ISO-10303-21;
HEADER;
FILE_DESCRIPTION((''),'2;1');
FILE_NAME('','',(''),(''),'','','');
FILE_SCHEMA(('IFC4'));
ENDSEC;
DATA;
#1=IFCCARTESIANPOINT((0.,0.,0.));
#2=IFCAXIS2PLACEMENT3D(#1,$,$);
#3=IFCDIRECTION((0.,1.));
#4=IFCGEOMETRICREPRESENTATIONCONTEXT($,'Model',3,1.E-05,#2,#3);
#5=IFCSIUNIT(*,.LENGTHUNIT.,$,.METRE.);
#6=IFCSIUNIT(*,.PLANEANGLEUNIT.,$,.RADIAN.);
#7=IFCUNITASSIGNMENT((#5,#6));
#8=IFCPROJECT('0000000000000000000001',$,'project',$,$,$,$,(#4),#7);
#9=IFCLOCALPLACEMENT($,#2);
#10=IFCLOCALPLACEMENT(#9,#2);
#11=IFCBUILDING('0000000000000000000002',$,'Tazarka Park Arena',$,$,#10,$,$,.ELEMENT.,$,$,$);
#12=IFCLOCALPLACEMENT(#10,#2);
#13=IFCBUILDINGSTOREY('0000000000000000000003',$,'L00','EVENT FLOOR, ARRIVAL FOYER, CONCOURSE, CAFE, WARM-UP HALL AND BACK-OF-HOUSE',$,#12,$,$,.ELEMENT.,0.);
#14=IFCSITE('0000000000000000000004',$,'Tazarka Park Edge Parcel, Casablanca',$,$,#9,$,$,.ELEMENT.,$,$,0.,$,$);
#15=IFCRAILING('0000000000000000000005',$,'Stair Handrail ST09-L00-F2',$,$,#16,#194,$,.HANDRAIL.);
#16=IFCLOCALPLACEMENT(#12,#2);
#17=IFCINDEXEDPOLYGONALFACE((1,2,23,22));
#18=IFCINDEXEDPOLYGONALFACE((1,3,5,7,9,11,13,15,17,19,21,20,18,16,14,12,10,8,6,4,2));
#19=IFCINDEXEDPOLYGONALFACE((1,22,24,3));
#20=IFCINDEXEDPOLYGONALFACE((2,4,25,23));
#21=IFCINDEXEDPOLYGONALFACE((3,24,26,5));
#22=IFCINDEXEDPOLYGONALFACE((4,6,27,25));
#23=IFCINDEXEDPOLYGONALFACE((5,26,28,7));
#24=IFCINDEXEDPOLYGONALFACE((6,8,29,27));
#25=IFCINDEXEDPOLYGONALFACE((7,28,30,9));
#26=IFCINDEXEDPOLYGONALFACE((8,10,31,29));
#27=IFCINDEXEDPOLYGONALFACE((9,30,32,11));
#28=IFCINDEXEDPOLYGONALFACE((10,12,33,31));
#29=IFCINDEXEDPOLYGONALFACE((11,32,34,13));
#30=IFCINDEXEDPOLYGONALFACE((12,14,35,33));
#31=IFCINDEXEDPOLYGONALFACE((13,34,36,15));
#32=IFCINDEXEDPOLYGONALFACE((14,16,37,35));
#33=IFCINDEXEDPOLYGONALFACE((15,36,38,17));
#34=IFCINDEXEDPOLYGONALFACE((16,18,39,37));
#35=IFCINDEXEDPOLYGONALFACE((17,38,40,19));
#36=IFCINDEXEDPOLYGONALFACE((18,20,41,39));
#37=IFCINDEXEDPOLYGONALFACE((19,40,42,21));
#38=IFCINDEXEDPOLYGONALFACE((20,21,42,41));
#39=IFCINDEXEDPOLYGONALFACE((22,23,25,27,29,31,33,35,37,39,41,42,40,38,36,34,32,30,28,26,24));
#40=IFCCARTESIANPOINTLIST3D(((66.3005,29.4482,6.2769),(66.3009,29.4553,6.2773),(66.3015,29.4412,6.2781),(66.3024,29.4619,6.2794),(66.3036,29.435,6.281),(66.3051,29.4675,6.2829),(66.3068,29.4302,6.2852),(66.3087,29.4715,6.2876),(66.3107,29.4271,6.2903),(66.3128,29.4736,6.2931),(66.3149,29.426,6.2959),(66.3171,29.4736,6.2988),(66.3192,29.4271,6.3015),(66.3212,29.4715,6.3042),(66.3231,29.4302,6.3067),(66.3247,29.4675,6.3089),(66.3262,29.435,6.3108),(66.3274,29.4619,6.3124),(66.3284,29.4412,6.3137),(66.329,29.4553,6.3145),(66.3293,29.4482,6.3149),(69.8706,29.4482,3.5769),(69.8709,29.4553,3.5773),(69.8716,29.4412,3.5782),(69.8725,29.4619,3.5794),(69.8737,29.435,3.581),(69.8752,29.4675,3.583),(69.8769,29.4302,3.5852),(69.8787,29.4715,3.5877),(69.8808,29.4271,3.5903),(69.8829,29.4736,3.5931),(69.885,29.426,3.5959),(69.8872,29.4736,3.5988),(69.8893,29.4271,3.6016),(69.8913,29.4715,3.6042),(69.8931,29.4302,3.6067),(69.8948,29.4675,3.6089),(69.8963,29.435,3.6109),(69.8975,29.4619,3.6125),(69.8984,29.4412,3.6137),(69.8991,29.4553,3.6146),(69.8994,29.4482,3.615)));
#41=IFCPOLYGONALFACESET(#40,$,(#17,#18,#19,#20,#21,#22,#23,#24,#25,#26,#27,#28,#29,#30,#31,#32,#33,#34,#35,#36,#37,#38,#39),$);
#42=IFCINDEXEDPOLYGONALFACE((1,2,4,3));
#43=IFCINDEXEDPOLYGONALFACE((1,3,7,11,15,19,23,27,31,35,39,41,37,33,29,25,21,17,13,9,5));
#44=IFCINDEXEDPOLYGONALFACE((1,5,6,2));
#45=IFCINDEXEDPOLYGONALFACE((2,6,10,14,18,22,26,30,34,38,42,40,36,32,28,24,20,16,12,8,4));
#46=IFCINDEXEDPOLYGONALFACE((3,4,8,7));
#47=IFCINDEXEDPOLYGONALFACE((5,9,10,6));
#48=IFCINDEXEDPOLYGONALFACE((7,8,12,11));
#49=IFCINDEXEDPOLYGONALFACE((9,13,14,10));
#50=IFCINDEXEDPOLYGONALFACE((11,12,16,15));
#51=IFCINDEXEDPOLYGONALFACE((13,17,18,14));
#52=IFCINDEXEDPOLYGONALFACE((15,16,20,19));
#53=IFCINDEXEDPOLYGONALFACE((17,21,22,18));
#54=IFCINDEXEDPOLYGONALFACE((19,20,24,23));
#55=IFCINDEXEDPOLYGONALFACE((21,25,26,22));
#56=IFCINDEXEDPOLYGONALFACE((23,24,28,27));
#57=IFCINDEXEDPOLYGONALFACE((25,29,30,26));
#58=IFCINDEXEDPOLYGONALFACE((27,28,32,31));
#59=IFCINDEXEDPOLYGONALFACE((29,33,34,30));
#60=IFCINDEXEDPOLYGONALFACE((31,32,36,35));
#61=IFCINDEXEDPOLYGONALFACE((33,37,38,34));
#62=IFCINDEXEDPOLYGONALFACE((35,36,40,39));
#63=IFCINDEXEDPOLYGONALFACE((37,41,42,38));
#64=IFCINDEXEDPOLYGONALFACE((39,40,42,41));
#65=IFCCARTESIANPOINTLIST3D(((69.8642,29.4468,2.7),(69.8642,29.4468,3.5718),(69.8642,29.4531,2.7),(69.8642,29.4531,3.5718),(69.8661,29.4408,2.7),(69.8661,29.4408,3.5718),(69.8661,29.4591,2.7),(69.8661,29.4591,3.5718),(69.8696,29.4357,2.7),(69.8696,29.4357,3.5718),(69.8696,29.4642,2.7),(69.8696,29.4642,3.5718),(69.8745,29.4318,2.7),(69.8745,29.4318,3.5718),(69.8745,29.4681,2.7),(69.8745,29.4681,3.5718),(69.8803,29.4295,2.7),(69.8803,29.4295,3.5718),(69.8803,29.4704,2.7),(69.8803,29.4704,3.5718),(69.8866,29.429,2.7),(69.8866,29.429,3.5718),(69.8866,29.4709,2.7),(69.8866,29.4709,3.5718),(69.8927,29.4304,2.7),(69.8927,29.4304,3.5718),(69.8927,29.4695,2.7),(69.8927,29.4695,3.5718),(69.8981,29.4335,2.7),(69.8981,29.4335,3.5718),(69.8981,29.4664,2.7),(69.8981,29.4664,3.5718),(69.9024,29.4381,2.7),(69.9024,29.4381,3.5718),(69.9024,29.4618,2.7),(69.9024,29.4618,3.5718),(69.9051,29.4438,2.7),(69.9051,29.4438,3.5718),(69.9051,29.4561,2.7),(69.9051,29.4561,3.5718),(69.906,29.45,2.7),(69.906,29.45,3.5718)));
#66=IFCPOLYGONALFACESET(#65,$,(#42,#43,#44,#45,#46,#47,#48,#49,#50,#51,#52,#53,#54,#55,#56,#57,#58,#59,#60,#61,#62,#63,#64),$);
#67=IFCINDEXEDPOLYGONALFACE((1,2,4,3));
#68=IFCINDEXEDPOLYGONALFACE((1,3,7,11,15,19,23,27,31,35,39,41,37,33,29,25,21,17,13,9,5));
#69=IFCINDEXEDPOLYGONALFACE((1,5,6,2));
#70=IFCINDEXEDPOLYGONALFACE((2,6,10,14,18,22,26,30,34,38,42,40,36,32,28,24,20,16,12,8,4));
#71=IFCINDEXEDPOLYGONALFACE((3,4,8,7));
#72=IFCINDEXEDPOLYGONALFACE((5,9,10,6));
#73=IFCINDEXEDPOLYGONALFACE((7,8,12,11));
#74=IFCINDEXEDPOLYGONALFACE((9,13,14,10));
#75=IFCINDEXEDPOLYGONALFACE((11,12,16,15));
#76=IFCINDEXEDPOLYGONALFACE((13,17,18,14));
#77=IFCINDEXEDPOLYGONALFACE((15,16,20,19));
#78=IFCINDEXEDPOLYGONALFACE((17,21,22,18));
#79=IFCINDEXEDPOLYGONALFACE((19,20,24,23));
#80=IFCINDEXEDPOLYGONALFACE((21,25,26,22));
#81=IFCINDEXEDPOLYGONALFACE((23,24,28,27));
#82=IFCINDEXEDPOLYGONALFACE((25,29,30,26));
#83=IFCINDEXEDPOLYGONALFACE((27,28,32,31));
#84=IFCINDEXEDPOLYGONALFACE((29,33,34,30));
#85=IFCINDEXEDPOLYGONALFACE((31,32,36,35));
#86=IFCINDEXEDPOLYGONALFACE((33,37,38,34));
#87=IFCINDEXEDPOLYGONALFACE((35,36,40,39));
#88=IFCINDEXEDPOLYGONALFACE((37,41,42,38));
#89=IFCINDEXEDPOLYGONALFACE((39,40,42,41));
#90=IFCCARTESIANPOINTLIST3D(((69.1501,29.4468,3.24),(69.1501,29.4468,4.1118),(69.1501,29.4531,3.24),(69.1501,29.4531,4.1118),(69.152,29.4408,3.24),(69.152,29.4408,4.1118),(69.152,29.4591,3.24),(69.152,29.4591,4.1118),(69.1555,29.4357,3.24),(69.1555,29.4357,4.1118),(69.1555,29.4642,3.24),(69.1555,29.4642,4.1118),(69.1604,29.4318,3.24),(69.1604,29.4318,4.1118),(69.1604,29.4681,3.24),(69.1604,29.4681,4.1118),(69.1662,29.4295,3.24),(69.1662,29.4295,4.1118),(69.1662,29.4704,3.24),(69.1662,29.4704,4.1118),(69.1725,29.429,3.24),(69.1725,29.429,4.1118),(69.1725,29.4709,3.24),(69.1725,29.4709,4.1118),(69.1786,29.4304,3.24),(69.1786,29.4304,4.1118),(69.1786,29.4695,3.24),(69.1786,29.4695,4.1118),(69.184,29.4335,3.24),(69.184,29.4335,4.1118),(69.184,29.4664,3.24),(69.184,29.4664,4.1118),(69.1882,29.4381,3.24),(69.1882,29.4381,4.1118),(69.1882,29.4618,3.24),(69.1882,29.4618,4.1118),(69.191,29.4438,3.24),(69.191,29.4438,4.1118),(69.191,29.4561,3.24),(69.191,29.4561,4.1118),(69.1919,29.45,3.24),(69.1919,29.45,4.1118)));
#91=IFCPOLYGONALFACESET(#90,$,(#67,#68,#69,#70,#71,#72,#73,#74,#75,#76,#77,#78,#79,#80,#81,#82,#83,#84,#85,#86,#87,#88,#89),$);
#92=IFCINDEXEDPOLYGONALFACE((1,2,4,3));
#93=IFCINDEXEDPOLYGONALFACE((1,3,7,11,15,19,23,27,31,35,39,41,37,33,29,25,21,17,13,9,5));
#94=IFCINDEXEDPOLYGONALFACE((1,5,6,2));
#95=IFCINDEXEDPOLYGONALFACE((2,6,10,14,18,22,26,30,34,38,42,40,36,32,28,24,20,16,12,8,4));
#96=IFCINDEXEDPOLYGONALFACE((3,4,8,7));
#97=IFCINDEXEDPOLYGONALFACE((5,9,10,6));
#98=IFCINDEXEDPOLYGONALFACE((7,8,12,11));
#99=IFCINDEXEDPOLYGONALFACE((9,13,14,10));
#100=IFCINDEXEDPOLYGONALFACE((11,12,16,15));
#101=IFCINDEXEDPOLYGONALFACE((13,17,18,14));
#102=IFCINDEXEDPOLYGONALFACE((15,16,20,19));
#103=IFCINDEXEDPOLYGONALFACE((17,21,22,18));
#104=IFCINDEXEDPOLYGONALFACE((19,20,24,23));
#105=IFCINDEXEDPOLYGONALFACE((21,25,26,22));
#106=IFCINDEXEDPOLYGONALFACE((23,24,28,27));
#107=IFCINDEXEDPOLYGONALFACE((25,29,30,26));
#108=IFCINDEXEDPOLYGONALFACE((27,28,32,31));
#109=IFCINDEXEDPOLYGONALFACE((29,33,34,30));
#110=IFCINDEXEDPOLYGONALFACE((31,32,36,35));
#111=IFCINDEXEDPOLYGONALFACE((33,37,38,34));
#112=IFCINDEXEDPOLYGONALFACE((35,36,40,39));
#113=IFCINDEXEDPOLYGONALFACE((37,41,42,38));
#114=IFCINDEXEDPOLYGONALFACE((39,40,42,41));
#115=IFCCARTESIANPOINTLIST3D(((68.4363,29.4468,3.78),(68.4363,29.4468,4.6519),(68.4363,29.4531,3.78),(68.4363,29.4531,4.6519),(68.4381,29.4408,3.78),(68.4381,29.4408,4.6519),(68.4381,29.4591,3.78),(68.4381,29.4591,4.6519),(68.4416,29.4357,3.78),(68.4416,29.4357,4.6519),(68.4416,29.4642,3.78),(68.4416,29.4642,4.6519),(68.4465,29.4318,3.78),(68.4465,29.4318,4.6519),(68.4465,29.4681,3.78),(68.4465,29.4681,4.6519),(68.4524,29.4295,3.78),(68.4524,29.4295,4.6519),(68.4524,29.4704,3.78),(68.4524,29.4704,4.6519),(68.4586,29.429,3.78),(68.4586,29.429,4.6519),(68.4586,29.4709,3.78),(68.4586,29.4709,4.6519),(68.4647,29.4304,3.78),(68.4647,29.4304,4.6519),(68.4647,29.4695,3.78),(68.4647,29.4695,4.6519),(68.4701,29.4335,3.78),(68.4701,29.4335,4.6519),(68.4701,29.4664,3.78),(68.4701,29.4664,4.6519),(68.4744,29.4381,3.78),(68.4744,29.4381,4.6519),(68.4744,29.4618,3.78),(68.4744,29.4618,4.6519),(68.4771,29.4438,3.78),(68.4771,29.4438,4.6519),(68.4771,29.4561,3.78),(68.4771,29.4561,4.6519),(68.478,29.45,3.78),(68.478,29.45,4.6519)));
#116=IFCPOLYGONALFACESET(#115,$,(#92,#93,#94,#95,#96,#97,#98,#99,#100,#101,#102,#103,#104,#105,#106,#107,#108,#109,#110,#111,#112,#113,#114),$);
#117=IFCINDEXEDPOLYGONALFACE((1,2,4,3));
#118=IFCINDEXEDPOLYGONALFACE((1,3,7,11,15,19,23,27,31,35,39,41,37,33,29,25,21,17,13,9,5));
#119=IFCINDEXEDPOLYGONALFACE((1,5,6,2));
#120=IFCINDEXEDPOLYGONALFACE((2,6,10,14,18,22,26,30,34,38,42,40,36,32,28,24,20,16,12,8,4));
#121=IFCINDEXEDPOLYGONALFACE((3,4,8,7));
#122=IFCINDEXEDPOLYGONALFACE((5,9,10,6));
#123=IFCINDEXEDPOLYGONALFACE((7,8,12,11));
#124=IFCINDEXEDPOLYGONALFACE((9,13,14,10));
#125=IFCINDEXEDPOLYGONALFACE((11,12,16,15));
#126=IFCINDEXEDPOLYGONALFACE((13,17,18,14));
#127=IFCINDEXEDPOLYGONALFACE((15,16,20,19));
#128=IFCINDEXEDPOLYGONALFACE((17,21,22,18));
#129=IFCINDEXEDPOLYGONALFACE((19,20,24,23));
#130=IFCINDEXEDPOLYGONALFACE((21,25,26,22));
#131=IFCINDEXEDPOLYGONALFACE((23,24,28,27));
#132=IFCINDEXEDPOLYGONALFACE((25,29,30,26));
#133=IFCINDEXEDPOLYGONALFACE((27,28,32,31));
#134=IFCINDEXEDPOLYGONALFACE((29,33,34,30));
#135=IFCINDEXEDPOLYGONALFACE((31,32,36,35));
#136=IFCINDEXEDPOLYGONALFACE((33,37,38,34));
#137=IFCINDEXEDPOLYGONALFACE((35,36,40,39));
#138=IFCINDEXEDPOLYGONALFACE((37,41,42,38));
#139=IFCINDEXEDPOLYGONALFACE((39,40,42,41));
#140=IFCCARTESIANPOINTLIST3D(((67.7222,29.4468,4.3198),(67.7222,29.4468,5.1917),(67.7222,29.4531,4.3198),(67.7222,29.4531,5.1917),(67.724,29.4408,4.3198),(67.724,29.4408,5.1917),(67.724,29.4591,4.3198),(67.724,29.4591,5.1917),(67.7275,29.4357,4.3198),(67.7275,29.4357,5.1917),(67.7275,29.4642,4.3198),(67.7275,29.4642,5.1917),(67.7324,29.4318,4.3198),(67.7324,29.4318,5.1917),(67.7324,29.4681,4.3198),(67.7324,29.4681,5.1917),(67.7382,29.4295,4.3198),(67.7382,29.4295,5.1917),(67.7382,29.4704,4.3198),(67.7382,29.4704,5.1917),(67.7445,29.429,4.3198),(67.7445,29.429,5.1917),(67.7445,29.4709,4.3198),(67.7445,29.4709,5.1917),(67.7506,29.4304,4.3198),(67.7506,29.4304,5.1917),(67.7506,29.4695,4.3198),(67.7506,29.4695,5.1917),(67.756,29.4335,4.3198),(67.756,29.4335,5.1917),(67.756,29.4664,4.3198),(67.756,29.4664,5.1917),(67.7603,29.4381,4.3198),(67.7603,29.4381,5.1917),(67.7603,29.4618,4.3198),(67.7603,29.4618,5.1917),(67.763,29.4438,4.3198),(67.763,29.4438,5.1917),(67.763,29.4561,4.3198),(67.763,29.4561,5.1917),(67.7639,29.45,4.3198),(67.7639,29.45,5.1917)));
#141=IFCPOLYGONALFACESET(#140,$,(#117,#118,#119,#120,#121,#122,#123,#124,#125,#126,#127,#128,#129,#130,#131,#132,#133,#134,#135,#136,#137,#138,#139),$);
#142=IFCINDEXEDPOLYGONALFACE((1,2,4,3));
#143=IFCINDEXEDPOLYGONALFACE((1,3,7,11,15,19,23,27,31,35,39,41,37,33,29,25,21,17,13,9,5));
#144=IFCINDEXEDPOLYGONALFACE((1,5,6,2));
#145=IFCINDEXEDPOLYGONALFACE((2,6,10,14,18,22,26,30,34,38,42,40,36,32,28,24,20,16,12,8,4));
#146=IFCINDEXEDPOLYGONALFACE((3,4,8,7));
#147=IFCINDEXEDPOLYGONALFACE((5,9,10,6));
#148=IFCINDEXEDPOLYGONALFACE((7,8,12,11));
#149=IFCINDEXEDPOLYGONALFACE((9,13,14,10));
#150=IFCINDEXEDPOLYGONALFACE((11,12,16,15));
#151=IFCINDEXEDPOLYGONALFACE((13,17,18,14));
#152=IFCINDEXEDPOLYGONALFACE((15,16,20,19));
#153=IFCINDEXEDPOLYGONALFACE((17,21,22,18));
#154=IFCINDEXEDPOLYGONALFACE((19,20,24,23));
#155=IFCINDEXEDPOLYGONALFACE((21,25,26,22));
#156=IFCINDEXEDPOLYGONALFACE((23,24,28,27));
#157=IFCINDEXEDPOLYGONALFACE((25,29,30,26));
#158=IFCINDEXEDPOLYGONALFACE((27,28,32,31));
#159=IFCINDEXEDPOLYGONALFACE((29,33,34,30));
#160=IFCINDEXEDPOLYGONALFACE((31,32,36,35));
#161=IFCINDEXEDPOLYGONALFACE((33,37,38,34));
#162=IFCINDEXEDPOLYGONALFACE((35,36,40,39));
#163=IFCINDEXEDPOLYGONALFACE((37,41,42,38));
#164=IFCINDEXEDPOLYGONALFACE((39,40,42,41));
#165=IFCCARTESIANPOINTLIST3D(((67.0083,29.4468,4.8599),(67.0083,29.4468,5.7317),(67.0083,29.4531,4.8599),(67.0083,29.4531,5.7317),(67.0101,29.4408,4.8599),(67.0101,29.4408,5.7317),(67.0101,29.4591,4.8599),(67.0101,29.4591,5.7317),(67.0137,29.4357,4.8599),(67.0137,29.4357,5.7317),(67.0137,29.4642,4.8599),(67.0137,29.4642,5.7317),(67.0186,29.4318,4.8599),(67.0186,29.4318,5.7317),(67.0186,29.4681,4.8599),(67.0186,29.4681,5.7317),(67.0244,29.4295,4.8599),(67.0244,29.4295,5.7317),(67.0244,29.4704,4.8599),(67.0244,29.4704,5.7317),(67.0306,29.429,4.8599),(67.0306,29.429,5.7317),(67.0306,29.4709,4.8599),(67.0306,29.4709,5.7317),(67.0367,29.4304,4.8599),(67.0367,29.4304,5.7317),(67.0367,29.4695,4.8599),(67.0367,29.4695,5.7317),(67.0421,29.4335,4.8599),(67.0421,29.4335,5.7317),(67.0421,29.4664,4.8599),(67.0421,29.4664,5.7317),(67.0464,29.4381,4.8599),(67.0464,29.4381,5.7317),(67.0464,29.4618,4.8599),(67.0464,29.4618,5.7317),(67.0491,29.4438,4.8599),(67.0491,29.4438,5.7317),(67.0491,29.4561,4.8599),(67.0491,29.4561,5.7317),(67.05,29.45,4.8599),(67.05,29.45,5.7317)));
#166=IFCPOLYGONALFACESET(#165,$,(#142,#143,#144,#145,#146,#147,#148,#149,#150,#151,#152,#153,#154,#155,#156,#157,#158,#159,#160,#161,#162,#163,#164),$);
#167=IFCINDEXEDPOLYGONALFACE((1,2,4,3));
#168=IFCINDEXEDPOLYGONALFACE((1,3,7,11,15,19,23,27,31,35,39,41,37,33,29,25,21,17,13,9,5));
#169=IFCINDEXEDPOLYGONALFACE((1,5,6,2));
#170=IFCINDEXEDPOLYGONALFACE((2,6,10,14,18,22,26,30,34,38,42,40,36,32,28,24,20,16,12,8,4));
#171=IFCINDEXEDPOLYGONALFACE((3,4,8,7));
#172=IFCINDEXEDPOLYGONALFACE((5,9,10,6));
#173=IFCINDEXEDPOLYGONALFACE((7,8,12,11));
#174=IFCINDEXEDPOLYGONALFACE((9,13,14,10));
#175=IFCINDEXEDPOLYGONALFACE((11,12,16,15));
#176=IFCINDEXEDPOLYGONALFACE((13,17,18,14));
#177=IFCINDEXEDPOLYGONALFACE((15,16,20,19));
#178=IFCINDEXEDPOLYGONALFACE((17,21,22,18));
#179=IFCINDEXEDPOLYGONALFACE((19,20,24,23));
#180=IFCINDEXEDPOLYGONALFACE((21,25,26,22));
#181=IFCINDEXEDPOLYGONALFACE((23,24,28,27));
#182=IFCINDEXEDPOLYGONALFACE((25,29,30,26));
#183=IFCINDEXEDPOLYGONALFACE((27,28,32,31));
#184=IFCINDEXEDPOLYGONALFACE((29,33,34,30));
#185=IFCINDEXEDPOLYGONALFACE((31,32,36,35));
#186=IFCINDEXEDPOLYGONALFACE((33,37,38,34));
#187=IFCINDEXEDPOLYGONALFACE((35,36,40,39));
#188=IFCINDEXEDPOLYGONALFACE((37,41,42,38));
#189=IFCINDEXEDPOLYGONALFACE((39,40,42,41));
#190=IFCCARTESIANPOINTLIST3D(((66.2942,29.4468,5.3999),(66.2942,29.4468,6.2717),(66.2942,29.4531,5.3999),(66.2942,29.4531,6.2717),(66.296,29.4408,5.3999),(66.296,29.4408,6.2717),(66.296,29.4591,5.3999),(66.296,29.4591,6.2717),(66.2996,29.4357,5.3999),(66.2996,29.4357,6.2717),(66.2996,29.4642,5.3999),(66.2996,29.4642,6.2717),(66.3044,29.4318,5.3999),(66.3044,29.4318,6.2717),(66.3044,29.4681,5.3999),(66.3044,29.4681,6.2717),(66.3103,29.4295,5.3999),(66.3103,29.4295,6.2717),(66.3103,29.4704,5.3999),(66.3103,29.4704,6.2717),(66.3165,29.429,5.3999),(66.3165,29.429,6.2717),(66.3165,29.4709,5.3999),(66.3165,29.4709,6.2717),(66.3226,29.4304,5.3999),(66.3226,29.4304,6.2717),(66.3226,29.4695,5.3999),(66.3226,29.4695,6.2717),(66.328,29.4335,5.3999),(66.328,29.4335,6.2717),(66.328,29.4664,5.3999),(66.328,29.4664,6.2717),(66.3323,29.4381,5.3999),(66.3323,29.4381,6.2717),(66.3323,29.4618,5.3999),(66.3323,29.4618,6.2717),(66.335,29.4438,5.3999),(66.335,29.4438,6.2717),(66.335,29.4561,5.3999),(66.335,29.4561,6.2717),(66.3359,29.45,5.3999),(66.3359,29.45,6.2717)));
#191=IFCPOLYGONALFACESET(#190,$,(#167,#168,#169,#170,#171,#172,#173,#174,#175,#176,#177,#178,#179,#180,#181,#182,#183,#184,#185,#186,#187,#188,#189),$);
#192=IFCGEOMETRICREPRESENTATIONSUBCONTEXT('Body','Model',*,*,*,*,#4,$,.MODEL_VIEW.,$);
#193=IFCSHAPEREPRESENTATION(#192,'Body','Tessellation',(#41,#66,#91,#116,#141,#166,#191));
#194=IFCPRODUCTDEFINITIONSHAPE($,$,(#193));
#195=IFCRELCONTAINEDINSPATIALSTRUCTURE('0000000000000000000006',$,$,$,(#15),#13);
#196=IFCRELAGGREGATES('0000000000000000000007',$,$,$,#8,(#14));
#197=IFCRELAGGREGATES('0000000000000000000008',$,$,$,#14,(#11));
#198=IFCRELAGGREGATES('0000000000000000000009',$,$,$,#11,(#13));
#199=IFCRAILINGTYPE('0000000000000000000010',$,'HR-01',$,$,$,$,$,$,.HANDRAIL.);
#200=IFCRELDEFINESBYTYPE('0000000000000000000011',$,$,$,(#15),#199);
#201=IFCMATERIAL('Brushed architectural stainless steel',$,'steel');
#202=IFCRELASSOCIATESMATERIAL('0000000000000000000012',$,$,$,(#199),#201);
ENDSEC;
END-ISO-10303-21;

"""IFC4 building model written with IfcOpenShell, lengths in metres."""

from ifc_helpers import new_model, si_unit, direction, frame, origin, origin_2d, place, context, subcontext, project, spatial, circle, extrude, material, type_object, element, save


model = new_model("IFC4")

# Units and contexts
model_context = context("Model", 3, precision=1e-05, world=origin(), true_north=direction((0.0, 1.0)))
body_context = subcontext(model_context, "Body", "Model", "MODEL_VIEW")
ifc_project = project(units=[si_unit("LENGTHUNIT", "METRE"), si_unit("PLANEANGLEUNIT", "RADIAN")], contexts=[model_context])

# Site, building, storey
site_placement = place(None, origin())
site = spatial("IfcSite", under=ifc_project, at=site_placement, Name="Tazarka Park Edge Parcel, Casablanca", CompositionType="ELEMENT", RefElevation=0.0)
building_placement = place(site_placement, origin())
building = spatial("IfcBuilding", under=site, at=building_placement, Name="Tazarka Park Arena", CompositionType="ELEMENT")
storey_placement = place(building_placement, origin())
storey = spatial("IfcBuildingStorey", under=building, at=storey_placement, Name="L00", Description="EVENT FLOOR, ARRIVAL FOYER, CONCOURSE, CAFE, WARM-UP HALL AND BACK-OF-HOUSE", CompositionType="ELEMENT", Elevation=0.0)

# Railing
ifc_material_1 = material(Name="Brushed architectural stainless steel", Category="steel")
railing_type_1 = type_object("IfcRailingType", Name="HR-01", PredefinedType="HANDRAIL", material=ifc_material_1)
railing_1_placement = place(storey_placement, frame((69.885, 29.45, 2.7)))
element("IfcRailing", 1, at=railing_1_placement, inside=storey, type_object=railing_type_1, Name="Stair Handrail ST09-L00-F2", PredefinedType="HANDRAIL", context=body_context, shape_type="SweptSolid", body=[
    extrude(circle(Radius=0.0239, at=origin_2d()), frame((0.0, 0.0, 0.896), z_axis=(-0.797591, 0.0, 0.603198), x_axis=(0.0, -1.0, 0.0)), (0.0, 0.0, 1.0), 4.4761),
    extrude(circle(Radius=0.021, at=origin_2d()), origin(), (0.0, 0.0, 1.0), 0.8718),
    extrude(circle(Radius=0.021, at=origin_2d()), frame((-0.7141, 0.0, 0.54)), (0.0, 0.0, 1.0), 0.8718),
    extrude(circle(Radius=0.021, at=origin_2d()), frame((-1.428, 0.0, 1.0801)), (0.0, 0.0, 1.0), 0.8718),
    extrude(circle(Radius=0.021, at=origin_2d()), frame((-2.1421, 0.0, 1.6199)), (0.0, 0.0, 1.0), 0.8718),
    extrude(circle(Radius=0.021, at=origin_2d()), frame((-2.856, 0.0, 2.1599)), (0.0, 0.0, 1.0), 0.8718),
    extrude(circle(Radius=0.021, at=origin_2d()), frame((-3.5701, 0.0, 2.7)), (0.0, 0.0, 1.0), 0.8718),
])

save(model, "model.ifc")
